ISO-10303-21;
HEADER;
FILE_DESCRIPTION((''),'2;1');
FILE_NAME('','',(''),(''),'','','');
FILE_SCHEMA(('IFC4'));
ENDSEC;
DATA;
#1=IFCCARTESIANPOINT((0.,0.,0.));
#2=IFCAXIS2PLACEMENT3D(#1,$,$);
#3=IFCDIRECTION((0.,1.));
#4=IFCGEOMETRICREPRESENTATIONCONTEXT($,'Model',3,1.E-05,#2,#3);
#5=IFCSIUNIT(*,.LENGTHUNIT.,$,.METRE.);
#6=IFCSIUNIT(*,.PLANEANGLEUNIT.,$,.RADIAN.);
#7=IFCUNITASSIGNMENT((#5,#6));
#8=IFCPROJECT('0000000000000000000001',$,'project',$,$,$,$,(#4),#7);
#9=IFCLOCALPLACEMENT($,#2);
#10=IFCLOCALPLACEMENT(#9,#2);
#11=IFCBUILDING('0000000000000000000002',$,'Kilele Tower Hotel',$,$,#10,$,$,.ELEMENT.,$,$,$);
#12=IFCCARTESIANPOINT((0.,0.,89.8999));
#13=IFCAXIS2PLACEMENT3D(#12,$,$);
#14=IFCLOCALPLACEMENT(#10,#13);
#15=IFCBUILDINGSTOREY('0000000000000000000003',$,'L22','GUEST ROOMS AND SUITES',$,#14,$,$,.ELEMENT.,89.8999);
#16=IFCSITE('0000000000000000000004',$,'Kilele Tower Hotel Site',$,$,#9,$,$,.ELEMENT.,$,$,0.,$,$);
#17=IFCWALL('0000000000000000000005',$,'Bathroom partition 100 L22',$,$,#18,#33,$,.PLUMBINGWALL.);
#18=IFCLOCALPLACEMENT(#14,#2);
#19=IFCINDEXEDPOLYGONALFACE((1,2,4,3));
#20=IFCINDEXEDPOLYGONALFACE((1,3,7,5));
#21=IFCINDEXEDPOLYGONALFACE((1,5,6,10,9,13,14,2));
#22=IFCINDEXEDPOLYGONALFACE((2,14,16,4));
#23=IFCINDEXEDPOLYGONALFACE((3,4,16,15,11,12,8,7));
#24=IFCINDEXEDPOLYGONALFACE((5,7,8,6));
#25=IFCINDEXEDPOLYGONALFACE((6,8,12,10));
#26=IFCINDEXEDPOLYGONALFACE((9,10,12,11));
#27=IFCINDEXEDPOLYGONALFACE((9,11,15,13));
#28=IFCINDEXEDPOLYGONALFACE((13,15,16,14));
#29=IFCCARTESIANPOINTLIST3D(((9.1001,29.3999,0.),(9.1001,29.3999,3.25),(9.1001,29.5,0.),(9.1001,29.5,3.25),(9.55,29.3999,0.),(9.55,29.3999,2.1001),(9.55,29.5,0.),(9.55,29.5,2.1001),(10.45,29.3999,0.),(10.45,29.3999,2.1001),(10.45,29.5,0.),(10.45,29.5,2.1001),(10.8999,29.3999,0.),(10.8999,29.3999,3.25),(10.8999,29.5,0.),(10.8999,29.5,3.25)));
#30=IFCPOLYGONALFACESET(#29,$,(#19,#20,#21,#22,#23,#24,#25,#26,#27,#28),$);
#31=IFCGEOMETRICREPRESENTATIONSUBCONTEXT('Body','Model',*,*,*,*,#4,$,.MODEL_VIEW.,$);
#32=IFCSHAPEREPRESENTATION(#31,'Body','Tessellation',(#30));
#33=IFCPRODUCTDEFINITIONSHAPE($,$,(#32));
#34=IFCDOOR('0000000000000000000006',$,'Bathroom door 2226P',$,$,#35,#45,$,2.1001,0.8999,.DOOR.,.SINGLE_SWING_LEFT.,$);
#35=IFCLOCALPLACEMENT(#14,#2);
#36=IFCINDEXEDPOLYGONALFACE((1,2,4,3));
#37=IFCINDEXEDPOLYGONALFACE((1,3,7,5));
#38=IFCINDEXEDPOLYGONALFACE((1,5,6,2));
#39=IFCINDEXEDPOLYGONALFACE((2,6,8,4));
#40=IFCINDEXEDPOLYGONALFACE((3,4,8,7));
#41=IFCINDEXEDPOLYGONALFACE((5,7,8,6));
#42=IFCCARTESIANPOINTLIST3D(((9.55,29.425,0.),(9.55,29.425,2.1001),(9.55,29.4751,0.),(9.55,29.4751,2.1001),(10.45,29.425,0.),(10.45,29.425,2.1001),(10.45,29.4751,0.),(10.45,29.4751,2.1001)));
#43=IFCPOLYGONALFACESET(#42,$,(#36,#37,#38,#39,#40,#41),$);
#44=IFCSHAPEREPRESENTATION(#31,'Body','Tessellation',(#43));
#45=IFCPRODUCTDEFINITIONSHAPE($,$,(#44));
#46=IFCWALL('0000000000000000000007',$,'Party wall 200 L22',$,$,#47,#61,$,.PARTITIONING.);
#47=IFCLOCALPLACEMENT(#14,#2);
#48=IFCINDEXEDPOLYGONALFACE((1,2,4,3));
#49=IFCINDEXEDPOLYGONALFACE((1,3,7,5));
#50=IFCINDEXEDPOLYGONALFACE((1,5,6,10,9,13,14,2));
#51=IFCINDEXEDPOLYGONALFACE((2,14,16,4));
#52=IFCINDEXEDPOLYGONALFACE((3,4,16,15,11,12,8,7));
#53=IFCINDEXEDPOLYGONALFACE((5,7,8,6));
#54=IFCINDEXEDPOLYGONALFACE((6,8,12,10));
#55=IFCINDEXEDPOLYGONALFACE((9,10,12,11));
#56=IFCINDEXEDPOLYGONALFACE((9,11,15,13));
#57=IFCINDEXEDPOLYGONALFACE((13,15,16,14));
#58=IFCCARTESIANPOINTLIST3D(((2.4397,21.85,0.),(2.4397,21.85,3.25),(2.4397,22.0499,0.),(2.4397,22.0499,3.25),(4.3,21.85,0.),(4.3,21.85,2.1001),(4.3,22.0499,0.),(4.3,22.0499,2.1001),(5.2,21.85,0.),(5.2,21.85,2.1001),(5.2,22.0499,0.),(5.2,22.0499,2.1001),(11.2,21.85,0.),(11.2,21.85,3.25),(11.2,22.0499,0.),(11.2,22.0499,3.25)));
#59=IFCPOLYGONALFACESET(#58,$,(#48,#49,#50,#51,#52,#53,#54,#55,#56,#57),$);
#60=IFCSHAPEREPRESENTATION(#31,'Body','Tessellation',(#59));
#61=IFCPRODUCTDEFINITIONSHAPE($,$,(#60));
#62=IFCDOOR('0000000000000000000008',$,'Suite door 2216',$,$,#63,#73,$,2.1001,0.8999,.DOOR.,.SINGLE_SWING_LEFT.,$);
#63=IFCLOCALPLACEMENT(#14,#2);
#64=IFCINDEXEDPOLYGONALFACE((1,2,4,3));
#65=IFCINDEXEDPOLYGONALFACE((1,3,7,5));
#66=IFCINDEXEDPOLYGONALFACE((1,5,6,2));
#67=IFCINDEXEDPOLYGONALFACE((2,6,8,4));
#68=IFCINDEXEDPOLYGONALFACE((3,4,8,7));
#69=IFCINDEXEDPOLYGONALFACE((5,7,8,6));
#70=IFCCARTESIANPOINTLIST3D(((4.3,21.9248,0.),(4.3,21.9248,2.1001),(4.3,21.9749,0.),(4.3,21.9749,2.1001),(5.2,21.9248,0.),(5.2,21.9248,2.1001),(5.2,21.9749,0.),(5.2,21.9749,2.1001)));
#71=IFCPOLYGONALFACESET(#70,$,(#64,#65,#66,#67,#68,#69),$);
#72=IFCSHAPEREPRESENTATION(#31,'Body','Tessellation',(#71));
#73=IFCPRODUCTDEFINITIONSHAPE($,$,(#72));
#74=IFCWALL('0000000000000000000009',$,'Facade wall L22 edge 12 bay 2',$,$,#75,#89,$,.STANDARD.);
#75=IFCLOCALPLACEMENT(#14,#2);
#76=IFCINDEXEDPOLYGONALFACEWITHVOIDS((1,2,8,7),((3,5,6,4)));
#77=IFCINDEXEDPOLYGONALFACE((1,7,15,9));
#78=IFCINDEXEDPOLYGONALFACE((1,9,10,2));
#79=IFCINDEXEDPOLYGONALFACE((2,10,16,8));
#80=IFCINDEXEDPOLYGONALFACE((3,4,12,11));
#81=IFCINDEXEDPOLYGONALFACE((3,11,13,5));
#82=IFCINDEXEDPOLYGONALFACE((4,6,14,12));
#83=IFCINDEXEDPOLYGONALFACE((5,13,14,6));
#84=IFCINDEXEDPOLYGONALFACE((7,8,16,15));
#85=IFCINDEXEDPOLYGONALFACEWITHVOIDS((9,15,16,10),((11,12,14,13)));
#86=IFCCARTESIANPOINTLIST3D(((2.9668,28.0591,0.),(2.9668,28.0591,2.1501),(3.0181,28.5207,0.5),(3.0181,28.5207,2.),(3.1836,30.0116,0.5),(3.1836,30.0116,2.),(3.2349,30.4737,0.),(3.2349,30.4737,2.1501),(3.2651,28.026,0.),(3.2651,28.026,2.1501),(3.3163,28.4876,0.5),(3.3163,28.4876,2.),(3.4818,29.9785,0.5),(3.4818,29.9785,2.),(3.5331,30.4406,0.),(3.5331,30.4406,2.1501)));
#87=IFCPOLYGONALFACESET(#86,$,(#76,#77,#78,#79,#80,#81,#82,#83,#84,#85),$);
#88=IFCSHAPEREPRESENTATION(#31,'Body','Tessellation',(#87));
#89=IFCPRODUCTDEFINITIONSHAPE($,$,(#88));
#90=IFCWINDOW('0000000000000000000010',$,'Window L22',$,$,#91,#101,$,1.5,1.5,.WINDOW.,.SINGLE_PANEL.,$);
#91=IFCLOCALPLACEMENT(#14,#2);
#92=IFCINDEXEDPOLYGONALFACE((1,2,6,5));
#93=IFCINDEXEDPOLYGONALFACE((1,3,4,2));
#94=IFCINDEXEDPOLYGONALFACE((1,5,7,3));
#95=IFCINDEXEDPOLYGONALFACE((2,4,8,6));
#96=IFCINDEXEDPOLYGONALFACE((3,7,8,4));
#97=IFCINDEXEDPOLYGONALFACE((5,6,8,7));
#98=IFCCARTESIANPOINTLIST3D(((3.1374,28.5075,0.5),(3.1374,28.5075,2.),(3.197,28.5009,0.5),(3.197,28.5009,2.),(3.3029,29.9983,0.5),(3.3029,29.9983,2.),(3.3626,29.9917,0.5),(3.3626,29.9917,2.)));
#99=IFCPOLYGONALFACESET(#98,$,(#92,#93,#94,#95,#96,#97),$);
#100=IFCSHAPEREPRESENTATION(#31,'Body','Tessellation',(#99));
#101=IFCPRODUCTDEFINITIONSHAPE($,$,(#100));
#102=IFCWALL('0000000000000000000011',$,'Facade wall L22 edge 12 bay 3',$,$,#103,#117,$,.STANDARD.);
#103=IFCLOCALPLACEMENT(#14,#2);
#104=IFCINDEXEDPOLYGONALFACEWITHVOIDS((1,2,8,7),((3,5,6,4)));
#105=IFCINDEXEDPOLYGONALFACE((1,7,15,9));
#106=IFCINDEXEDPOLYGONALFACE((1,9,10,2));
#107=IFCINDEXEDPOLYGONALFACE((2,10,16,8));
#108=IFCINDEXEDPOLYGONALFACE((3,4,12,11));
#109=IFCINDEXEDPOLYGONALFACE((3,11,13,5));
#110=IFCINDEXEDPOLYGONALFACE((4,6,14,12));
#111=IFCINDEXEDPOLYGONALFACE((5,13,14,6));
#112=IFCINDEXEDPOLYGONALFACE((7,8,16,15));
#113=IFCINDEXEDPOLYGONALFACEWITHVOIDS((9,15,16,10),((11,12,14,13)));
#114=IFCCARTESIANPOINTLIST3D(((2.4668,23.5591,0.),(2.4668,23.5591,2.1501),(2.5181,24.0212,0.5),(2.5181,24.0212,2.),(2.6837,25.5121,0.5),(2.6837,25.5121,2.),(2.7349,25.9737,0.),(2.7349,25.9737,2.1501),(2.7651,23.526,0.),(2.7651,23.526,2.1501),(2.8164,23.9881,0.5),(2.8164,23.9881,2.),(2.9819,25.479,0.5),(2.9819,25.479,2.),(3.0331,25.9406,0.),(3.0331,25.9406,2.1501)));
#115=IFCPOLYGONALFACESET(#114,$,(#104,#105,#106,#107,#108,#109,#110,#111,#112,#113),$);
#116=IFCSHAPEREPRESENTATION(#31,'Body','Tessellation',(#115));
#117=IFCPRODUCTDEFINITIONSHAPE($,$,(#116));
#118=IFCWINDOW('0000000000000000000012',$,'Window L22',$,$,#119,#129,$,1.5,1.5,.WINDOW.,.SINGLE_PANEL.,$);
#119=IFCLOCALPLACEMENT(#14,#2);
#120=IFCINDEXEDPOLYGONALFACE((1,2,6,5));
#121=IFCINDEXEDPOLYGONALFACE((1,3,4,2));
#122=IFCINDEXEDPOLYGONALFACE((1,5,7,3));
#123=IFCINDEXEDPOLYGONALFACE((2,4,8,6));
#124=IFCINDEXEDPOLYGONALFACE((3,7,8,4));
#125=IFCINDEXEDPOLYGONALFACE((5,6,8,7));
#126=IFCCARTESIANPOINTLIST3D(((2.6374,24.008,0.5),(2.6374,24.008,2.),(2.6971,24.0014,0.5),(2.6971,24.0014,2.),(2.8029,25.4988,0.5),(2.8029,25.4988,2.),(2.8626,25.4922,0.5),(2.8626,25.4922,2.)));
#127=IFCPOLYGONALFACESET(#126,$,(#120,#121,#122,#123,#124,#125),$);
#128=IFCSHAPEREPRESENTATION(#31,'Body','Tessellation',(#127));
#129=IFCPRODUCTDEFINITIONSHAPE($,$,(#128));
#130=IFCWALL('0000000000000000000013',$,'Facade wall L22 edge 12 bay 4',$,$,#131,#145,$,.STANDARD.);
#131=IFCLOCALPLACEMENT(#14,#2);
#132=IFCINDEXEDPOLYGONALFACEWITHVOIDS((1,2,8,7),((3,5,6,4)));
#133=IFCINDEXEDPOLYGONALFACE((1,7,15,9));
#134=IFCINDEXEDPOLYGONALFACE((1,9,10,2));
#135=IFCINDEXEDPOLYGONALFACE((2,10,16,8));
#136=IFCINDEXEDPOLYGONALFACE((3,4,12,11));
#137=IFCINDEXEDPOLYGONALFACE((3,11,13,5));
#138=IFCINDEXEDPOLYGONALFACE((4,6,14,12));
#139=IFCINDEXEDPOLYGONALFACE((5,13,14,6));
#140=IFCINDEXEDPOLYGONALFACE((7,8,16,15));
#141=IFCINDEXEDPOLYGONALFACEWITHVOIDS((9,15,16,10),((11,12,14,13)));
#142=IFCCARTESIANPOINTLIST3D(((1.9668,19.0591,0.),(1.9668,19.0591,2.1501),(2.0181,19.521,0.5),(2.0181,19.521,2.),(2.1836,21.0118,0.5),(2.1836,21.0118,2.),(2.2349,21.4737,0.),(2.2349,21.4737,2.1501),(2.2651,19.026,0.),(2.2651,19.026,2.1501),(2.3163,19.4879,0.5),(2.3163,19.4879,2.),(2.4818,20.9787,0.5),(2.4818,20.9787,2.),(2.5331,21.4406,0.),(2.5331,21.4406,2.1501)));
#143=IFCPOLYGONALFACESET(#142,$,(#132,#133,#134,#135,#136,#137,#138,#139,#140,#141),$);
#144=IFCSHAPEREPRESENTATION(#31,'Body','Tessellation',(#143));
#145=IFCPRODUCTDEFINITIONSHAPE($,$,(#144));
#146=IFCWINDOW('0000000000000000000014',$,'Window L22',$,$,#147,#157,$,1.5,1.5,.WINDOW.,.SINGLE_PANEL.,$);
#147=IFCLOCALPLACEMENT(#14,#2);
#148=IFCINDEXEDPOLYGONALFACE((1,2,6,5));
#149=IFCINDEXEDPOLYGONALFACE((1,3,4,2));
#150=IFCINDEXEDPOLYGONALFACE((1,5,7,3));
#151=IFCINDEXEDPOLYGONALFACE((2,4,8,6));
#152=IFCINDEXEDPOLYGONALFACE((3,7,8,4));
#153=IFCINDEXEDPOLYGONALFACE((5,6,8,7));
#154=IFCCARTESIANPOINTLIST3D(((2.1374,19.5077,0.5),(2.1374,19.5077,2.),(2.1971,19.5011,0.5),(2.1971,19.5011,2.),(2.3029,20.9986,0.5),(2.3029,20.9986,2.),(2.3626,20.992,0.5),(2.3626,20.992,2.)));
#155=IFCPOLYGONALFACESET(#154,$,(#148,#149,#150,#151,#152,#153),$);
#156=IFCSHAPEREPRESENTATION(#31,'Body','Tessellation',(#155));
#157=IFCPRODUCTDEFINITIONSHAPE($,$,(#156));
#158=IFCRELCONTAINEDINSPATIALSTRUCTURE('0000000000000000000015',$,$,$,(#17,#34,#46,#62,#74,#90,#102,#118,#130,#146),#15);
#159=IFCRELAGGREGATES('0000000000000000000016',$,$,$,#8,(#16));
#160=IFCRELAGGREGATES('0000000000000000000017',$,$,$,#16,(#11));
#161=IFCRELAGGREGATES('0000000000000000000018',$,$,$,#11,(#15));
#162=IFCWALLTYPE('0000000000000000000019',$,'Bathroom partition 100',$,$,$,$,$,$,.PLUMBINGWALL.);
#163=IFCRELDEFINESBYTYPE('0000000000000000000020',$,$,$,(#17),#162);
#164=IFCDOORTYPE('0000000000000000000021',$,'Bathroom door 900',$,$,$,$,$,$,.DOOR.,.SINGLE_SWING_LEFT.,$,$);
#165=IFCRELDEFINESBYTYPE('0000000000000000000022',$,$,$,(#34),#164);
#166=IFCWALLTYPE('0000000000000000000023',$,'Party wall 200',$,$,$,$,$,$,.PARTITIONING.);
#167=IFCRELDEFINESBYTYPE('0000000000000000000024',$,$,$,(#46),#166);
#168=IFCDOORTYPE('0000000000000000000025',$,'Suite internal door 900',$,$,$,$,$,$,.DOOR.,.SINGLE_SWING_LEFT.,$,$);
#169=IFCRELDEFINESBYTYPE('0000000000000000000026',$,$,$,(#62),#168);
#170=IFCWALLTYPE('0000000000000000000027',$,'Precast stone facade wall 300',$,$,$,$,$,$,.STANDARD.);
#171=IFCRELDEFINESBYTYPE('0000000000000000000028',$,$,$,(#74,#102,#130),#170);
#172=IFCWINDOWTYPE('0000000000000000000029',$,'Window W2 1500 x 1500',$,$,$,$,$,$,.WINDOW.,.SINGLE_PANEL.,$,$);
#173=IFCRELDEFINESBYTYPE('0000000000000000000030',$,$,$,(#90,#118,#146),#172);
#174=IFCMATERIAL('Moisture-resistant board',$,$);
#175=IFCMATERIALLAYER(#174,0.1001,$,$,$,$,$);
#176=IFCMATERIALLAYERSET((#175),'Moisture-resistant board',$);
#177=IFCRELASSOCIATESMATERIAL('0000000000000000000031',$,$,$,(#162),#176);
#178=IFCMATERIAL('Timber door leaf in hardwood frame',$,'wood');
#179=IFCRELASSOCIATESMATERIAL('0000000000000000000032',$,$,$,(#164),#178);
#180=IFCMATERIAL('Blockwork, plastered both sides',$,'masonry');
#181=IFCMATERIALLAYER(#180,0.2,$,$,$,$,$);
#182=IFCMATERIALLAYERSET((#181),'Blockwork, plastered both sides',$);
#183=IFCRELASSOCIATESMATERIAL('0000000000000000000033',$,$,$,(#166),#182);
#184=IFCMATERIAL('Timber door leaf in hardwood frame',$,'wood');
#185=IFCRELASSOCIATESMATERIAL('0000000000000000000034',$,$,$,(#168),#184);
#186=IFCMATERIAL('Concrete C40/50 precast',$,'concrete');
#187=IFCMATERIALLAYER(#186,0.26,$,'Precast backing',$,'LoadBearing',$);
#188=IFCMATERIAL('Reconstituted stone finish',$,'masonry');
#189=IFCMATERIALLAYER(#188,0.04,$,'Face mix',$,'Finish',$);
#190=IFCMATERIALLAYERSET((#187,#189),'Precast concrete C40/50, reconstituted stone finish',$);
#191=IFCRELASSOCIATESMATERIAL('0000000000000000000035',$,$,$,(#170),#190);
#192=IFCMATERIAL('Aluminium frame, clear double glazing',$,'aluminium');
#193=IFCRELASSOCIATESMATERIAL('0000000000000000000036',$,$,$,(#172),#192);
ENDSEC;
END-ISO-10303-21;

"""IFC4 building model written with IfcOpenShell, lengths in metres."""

from ifc_helpers import new_model, si_unit, direction, frame, frame_2d, origin, place, context, subcontext, project, spatial, rectangle, extrude, material, layer, layer_set, type_object, element, fill, save


model = new_model("IFC4")

# Units and contexts
model_context = context("Model", 3, precision=1e-05, world=origin(), true_north=direction((0.0, 1.0)))
body_context = subcontext(model_context, "Body", "Model", "MODEL_VIEW")
ifc_project = project(units=[si_unit("LENGTHUNIT", "METRE"), si_unit("PLANEANGLEUNIT", "RADIAN")], contexts=[model_context])

# Site, building, storey
site_placement = place(None, origin())
site = spatial("IfcSite", under=ifc_project, at=site_placement, Name="Kilele Tower Hotel Site", CompositionType="ELEMENT", RefElevation=0.0)
building_placement = place(site_placement, origin())
building = spatial("IfcBuilding", under=site, at=building_placement, Name="Kilele Tower Hotel", CompositionType="ELEMENT")
storey_placement = place(building_placement, frame((0.0, 0.0, 89.8999)))
storey = spatial("IfcBuildingStorey", under=building, at=storey_placement, Name="L22", Description="GUEST ROOMS AND SUITES", CompositionType="ELEMENT", Elevation=89.8999)

# Shared definitions
ifc_material_1 = material(Name="Moisture-resistant board")
ifc_layer_1 = layer(ifc_material_1, 0.1001)
ifc_layer_set_1 = layer_set([ifc_layer_1], Name="Moisture-resistant board")
wall_type_1 = type_object("IfcWallType", Name="Bathroom partition 100", PredefinedType="PLUMBINGWALL", material=ifc_layer_set_1)
ifc_material_2 = material(Name="Timber door leaf in hardwood frame", Category="wood")
door_type_1 = type_object("IfcDoorType", Name="Bathroom door 900", OperationType="SINGLE_SWING_LEFT", PredefinedType="DOOR", material=ifc_material_2)

# Walls, openings, doors
wall_1_placement = place(storey_placement, frame((10.8999, 29.45, 0.0), z_axis=(0.0, 0.0, 1.0), x_axis=(-1.0, 0.0, 0.0)))
wall_1 = element("IfcWall", 1, at=wall_1_placement, inside=storey, type_object=wall_type_1, Name="Bathroom partition 100 L22", PredefinedType="PLUMBINGWALL", context=body_context, shape_type="SweptSolid", body=[
    extrude(rectangle(XDim=1.7998, YDim=0.1001, at=frame_2d((0.8999, 0.0))), origin(), (0.0, 0.0, 1.0), 3.25),
])
opening_1_placement = place(wall_1_placement, frame((0.45, 0.0, 0.0)))
opening_1 = element("IfcOpeningElement", 2, at=opening_1_placement, cuts=wall_1, PredefinedType="OPENING", context=body_context, shape_type="SweptSolid", body=[
    extrude(rectangle(XDim=0.8999, YDim=2.1001, at=frame_2d((0.45, 1.05))), frame((0.0, 0.0601, 0.0), z_axis=(0.0, -1.0, 0.0), x_axis=(1.0, 0.0, 0.0)), (0.0, 0.0, 1.0), 0.1201),
])
door_1_placement = place(opening_1_placement, origin())
door_1 = element("IfcDoor", 3, at=door_1_placement, inside=storey, type_object=door_type_1, Name="Bathroom door 2226P", OperationType="SINGLE_SWING_LEFT", OverallHeight=2.1001, OverallWidth=0.8999, PredefinedType="DOOR", context=body_context, shape_type="SweptSolid", body=[
    extrude(rectangle(XDim=0.8999, YDim=2.1001, at=frame_2d((0.45, 1.05))), frame((0.0, 0.0249, 0.0), z_axis=(0.0, -1.0, 0.0), x_axis=(1.0, 0.0, 0.0)), (0.0, 0.0, 1.0), 0.05),
])
fill(opening_1, door_1)
ifc_material_3 = material(Name="Blockwork, plastered both sides", Category="masonry")
ifc_layer_2 = layer(ifc_material_3, 0.2)
ifc_layer_set_2 = layer_set([ifc_layer_2], Name="Blockwork, plastered both sides")
wall_type_2 = type_object("IfcWallType", Name="Party wall 200", PredefinedType="PARTITIONING", material=ifc_layer_set_2)
wall_2_placement = place(storey_placement, frame((11.2, 21.95, 0.0), z_axis=(0.0, 0.0, 1.0), x_axis=(-1.0, 0.0, 0.0)))
wall_2 = element("IfcWall", 4, at=wall_2_placement, inside=storey, type_object=wall_type_2, Name="Party wall 200 L22", PredefinedType="PARTITIONING", context=body_context, shape_type="SweptSolid", body=[
    extrude(rectangle(XDim=8.7603, YDim=0.2, at=frame_2d((4.3801, 0.0))), origin(), (0.0, 0.0, 1.0), 3.25),
])
opening_2_placement = place(wall_2_placement, frame((6.8999, 0.0, 0.0), z_axis=(0.0, 0.0, 1.0), x_axis=(-1.0, 0.0, 0.0)))
opening_2 = element("IfcOpeningElement", 5, at=opening_2_placement, cuts=wall_2, PredefinedType="OPENING", context=body_context, shape_type="SweptSolid", body=[
    extrude(rectangle(XDim=0.8999, YDim=2.1001, at=frame_2d((0.45, 1.05))), frame((0.0, 0.1099, 0.0), z_axis=(0.0, -1.0, 0.0), x_axis=(1.0, 0.0, 0.0)), (0.0, 0.0, 1.0), 0.22),
])
ifc_material_4 = material(Name="Timber door leaf in hardwood frame", Category="wood")
door_type_2 = type_object("IfcDoorType", Name="Suite internal door 900", OperationType="SINGLE_SWING_LEFT", PredefinedType="DOOR", material=ifc_material_4)
door_2_placement = place(opening_2_placement, origin())
door_2 = element("IfcDoor", 6, at=door_2_placement, inside=storey, type_object=door_type_2, Name="Suite door 2216", OperationType="SINGLE_SWING_LEFT", OverallHeight=2.1001, OverallWidth=0.8999, PredefinedType="DOOR", context=body_context, shape_type="SweptSolid", body=[
    extrude(rectangle(XDim=0.8999, YDim=2.1001, at=frame_2d((0.45, 1.05))), frame((0.0, 0.0249, 0.0), z_axis=(0.0, -1.0, 0.0), x_axis=(1.0, 0.0, 0.0)), (0.0, 0.0, 1.0), 0.05),
])
fill(opening_2, door_2)

# Walls, openings, windows
ifc_material_5 = material(Name="Concrete C40/50 precast", Category="concrete")
ifc_layer_3 = layer(ifc_material_5, 0.26, Name="Precast backing", Category="LoadBearing")
ifc_material_6 = material(Name="Reconstituted stone finish", Category="masonry")
ifc_layer_4 = layer(ifc_material_6, 0.04, Name="Face mix", Category="Finish")
ifc_layer_set_3 = layer_set([ifc_layer_3, ifc_layer_4], Name="Precast concrete C40/50, reconstituted stone finish")
wall_type_3 = type_object("IfcWallType", Name="Precast stone facade wall 300", PredefinedType="STANDARD", material=ifc_layer_set_3)
wall_3_placement = place(storey_placement, frame((3.384, 30.4573, 0.0), z_axis=(0.0, 0.0, 1.0), x_axis=(-0.110343, -0.993894, 0.0)))
wall_3 = element("IfcWall", 7, at=wall_3_placement, inside=storey, type_object=wall_type_3, Name="Facade wall L22 edge 12 bay 2", PredefinedType="STANDARD", context=body_context, shape_type="SweptSolid", body=[
    extrude(rectangle(XDim=2.4294, YDim=0.3, at=frame_2d((1.2148, 0.0))), origin(), (0.0, 0.0, 1.0), 2.1501),
])
opening_3_placement = place(wall_3_placement, frame((0.4651, 0.0, 0.5)))
opening_3 = element("IfcOpeningElement", 8, at=opening_3_placement, cuts=wall_3, PredefinedType="OPENING", context=body_context, shape_type="SweptSolid", body=[
    extrude(rectangle(XDim=1.5, YDim=1.5, at=frame_2d((0.75, 0.75))), frame((0.0, 0.1599, 0.0), z_axis=(0.0, -1.0, 0.0), x_axis=(1.0, 0.0, 0.0)), (0.0, 0.0, 1.0), 0.3201),
])
ifc_material_7 = material(Name="Aluminium frame, clear double glazing", Category="aluminium")
window_type = type_object("IfcWindowType", Name="Window W2 1500 x 1500", PartitioningType="SINGLE_PANEL", PredefinedType="WINDOW", material=ifc_material_7)
window_1_placement = place(opening_3_placement, origin())
window_1 = element("IfcWindow", 9, at=window_1_placement, inside=storey, type_object=window_type, Name="Window L22", OverallHeight=1.5, OverallWidth=1.5, PartitioningType="SINGLE_PANEL", PredefinedType="WINDOW", context=body_context, shape_type="SweptSolid", body=[
    extrude(rectangle(XDim=1.5, YDim=1.5, at=frame_2d((0.75, 0.75))), frame((0.0, 0.03, 0.0), z_axis=(0.0, -1.0, 0.0), x_axis=(1.0, 0.0, 0.0)), (0.0, 0.0, 1.0), 0.0601),
])
fill(opening_3, window_1)
wall_4_placement = place(storey_placement, frame((2.884, 25.9573, 0.0), z_axis=(0.0, 0.0, 1.0), x_axis=(-0.110343, -0.993894, 0.0)))
wall_4 = element("IfcWall", 10, at=wall_4_placement, inside=storey, type_object=wall_type_3, Name="Facade wall L22 edge 12 bay 3", PredefinedType="STANDARD", context=body_context, shape_type="SweptSolid", body=[
    extrude(rectangle(XDim=2.4294, YDim=0.3, at=frame_2d((1.2148, 0.0))), origin(), (0.0, 0.0, 1.0), 2.1501),
])
opening_4_placement = place(wall_4_placement, frame((0.4646, 0.0, 0.5)))
opening_4 = element("IfcOpeningElement", 11, at=opening_4_placement, cuts=wall_4, PredefinedType="OPENING", context=body_context, shape_type="SweptSolid", body=[
    extrude(rectangle(XDim=1.5, YDim=1.5, at=frame_2d((0.75, 0.75))), frame((0.0, 0.1599, 0.0), z_axis=(0.0, -1.0, 0.0), x_axis=(1.0, 0.0, 0.0)), (0.0, 0.0, 1.0), 0.3201),
])
window_2_placement = place(opening_4_placement, origin())
window_2 = element("IfcWindow", 12, at=window_2_placement, inside=storey, type_object=window_type, Name="Window L22", OverallHeight=1.5, OverallWidth=1.5, PartitioningType="SINGLE_PANEL", PredefinedType="WINDOW", context=body_context, shape_type="SweptSolid", body=[
    extrude(rectangle(XDim=1.5, YDim=1.5, at=frame_2d((0.75, 0.75))), frame((0.0, 0.03, 0.0), z_axis=(0.0, -1.0, 0.0), x_axis=(1.0, 0.0, 0.0)), (0.0, 0.0, 1.0), 0.0601),
])
fill(opening_4, window_2)
wall_5_placement = place(storey_placement, frame((2.384, 21.4573, 0.0), z_axis=(0.0, 0.0, 1.0), x_axis=(-0.110343, -0.993894, 0.0)))
wall_5 = element("IfcWall", 13, at=wall_5_placement, inside=storey, type_object=wall_type_3, Name="Facade wall L22 edge 12 bay 4", PredefinedType="STANDARD", context=body_context, shape_type="SweptSolid", body=[
    extrude(rectangle(XDim=2.4294, YDim=0.3, at=frame_2d((1.2148, 0.0))), origin(), (0.0, 0.0, 1.0), 2.1501),
])
opening_5_placement = place(wall_5_placement, frame((0.4648, 0.0, 0.5)))
opening_5 = element("IfcOpeningElement", 14, at=opening_5_placement, cuts=wall_5, PredefinedType="OPENING", context=body_context, shape_type="SweptSolid", body=[
    extrude(rectangle(XDim=1.5, YDim=1.5, at=frame_2d((0.75, 0.75))), frame((0.0, 0.1599, 0.0), z_axis=(0.0, -1.0, 0.0), x_axis=(1.0, 0.0, 0.0)), (0.0, 0.0, 1.0), 0.3201),
])
window_3_placement = place(opening_5_placement, origin())
window_3 = element("IfcWindow", 15, at=window_3_placement, inside=storey, type_object=window_type, Name="Window L22", OverallHeight=1.5, OverallWidth=1.5, PartitioningType="SINGLE_PANEL", PredefinedType="WINDOW", context=body_context, shape_type="SweptSolid", body=[
    extrude(rectangle(XDim=1.5, YDim=1.5, at=frame_2d((0.75, 0.75))), frame((0.0, 0.03, 0.0), z_axis=(0.0, -1.0, 0.0), x_axis=(1.0, 0.0, 0.0)), (0.0, 0.0, 1.0), 0.0601),
])
fill(opening_5, window_3)

save(model, "model.ifc")
